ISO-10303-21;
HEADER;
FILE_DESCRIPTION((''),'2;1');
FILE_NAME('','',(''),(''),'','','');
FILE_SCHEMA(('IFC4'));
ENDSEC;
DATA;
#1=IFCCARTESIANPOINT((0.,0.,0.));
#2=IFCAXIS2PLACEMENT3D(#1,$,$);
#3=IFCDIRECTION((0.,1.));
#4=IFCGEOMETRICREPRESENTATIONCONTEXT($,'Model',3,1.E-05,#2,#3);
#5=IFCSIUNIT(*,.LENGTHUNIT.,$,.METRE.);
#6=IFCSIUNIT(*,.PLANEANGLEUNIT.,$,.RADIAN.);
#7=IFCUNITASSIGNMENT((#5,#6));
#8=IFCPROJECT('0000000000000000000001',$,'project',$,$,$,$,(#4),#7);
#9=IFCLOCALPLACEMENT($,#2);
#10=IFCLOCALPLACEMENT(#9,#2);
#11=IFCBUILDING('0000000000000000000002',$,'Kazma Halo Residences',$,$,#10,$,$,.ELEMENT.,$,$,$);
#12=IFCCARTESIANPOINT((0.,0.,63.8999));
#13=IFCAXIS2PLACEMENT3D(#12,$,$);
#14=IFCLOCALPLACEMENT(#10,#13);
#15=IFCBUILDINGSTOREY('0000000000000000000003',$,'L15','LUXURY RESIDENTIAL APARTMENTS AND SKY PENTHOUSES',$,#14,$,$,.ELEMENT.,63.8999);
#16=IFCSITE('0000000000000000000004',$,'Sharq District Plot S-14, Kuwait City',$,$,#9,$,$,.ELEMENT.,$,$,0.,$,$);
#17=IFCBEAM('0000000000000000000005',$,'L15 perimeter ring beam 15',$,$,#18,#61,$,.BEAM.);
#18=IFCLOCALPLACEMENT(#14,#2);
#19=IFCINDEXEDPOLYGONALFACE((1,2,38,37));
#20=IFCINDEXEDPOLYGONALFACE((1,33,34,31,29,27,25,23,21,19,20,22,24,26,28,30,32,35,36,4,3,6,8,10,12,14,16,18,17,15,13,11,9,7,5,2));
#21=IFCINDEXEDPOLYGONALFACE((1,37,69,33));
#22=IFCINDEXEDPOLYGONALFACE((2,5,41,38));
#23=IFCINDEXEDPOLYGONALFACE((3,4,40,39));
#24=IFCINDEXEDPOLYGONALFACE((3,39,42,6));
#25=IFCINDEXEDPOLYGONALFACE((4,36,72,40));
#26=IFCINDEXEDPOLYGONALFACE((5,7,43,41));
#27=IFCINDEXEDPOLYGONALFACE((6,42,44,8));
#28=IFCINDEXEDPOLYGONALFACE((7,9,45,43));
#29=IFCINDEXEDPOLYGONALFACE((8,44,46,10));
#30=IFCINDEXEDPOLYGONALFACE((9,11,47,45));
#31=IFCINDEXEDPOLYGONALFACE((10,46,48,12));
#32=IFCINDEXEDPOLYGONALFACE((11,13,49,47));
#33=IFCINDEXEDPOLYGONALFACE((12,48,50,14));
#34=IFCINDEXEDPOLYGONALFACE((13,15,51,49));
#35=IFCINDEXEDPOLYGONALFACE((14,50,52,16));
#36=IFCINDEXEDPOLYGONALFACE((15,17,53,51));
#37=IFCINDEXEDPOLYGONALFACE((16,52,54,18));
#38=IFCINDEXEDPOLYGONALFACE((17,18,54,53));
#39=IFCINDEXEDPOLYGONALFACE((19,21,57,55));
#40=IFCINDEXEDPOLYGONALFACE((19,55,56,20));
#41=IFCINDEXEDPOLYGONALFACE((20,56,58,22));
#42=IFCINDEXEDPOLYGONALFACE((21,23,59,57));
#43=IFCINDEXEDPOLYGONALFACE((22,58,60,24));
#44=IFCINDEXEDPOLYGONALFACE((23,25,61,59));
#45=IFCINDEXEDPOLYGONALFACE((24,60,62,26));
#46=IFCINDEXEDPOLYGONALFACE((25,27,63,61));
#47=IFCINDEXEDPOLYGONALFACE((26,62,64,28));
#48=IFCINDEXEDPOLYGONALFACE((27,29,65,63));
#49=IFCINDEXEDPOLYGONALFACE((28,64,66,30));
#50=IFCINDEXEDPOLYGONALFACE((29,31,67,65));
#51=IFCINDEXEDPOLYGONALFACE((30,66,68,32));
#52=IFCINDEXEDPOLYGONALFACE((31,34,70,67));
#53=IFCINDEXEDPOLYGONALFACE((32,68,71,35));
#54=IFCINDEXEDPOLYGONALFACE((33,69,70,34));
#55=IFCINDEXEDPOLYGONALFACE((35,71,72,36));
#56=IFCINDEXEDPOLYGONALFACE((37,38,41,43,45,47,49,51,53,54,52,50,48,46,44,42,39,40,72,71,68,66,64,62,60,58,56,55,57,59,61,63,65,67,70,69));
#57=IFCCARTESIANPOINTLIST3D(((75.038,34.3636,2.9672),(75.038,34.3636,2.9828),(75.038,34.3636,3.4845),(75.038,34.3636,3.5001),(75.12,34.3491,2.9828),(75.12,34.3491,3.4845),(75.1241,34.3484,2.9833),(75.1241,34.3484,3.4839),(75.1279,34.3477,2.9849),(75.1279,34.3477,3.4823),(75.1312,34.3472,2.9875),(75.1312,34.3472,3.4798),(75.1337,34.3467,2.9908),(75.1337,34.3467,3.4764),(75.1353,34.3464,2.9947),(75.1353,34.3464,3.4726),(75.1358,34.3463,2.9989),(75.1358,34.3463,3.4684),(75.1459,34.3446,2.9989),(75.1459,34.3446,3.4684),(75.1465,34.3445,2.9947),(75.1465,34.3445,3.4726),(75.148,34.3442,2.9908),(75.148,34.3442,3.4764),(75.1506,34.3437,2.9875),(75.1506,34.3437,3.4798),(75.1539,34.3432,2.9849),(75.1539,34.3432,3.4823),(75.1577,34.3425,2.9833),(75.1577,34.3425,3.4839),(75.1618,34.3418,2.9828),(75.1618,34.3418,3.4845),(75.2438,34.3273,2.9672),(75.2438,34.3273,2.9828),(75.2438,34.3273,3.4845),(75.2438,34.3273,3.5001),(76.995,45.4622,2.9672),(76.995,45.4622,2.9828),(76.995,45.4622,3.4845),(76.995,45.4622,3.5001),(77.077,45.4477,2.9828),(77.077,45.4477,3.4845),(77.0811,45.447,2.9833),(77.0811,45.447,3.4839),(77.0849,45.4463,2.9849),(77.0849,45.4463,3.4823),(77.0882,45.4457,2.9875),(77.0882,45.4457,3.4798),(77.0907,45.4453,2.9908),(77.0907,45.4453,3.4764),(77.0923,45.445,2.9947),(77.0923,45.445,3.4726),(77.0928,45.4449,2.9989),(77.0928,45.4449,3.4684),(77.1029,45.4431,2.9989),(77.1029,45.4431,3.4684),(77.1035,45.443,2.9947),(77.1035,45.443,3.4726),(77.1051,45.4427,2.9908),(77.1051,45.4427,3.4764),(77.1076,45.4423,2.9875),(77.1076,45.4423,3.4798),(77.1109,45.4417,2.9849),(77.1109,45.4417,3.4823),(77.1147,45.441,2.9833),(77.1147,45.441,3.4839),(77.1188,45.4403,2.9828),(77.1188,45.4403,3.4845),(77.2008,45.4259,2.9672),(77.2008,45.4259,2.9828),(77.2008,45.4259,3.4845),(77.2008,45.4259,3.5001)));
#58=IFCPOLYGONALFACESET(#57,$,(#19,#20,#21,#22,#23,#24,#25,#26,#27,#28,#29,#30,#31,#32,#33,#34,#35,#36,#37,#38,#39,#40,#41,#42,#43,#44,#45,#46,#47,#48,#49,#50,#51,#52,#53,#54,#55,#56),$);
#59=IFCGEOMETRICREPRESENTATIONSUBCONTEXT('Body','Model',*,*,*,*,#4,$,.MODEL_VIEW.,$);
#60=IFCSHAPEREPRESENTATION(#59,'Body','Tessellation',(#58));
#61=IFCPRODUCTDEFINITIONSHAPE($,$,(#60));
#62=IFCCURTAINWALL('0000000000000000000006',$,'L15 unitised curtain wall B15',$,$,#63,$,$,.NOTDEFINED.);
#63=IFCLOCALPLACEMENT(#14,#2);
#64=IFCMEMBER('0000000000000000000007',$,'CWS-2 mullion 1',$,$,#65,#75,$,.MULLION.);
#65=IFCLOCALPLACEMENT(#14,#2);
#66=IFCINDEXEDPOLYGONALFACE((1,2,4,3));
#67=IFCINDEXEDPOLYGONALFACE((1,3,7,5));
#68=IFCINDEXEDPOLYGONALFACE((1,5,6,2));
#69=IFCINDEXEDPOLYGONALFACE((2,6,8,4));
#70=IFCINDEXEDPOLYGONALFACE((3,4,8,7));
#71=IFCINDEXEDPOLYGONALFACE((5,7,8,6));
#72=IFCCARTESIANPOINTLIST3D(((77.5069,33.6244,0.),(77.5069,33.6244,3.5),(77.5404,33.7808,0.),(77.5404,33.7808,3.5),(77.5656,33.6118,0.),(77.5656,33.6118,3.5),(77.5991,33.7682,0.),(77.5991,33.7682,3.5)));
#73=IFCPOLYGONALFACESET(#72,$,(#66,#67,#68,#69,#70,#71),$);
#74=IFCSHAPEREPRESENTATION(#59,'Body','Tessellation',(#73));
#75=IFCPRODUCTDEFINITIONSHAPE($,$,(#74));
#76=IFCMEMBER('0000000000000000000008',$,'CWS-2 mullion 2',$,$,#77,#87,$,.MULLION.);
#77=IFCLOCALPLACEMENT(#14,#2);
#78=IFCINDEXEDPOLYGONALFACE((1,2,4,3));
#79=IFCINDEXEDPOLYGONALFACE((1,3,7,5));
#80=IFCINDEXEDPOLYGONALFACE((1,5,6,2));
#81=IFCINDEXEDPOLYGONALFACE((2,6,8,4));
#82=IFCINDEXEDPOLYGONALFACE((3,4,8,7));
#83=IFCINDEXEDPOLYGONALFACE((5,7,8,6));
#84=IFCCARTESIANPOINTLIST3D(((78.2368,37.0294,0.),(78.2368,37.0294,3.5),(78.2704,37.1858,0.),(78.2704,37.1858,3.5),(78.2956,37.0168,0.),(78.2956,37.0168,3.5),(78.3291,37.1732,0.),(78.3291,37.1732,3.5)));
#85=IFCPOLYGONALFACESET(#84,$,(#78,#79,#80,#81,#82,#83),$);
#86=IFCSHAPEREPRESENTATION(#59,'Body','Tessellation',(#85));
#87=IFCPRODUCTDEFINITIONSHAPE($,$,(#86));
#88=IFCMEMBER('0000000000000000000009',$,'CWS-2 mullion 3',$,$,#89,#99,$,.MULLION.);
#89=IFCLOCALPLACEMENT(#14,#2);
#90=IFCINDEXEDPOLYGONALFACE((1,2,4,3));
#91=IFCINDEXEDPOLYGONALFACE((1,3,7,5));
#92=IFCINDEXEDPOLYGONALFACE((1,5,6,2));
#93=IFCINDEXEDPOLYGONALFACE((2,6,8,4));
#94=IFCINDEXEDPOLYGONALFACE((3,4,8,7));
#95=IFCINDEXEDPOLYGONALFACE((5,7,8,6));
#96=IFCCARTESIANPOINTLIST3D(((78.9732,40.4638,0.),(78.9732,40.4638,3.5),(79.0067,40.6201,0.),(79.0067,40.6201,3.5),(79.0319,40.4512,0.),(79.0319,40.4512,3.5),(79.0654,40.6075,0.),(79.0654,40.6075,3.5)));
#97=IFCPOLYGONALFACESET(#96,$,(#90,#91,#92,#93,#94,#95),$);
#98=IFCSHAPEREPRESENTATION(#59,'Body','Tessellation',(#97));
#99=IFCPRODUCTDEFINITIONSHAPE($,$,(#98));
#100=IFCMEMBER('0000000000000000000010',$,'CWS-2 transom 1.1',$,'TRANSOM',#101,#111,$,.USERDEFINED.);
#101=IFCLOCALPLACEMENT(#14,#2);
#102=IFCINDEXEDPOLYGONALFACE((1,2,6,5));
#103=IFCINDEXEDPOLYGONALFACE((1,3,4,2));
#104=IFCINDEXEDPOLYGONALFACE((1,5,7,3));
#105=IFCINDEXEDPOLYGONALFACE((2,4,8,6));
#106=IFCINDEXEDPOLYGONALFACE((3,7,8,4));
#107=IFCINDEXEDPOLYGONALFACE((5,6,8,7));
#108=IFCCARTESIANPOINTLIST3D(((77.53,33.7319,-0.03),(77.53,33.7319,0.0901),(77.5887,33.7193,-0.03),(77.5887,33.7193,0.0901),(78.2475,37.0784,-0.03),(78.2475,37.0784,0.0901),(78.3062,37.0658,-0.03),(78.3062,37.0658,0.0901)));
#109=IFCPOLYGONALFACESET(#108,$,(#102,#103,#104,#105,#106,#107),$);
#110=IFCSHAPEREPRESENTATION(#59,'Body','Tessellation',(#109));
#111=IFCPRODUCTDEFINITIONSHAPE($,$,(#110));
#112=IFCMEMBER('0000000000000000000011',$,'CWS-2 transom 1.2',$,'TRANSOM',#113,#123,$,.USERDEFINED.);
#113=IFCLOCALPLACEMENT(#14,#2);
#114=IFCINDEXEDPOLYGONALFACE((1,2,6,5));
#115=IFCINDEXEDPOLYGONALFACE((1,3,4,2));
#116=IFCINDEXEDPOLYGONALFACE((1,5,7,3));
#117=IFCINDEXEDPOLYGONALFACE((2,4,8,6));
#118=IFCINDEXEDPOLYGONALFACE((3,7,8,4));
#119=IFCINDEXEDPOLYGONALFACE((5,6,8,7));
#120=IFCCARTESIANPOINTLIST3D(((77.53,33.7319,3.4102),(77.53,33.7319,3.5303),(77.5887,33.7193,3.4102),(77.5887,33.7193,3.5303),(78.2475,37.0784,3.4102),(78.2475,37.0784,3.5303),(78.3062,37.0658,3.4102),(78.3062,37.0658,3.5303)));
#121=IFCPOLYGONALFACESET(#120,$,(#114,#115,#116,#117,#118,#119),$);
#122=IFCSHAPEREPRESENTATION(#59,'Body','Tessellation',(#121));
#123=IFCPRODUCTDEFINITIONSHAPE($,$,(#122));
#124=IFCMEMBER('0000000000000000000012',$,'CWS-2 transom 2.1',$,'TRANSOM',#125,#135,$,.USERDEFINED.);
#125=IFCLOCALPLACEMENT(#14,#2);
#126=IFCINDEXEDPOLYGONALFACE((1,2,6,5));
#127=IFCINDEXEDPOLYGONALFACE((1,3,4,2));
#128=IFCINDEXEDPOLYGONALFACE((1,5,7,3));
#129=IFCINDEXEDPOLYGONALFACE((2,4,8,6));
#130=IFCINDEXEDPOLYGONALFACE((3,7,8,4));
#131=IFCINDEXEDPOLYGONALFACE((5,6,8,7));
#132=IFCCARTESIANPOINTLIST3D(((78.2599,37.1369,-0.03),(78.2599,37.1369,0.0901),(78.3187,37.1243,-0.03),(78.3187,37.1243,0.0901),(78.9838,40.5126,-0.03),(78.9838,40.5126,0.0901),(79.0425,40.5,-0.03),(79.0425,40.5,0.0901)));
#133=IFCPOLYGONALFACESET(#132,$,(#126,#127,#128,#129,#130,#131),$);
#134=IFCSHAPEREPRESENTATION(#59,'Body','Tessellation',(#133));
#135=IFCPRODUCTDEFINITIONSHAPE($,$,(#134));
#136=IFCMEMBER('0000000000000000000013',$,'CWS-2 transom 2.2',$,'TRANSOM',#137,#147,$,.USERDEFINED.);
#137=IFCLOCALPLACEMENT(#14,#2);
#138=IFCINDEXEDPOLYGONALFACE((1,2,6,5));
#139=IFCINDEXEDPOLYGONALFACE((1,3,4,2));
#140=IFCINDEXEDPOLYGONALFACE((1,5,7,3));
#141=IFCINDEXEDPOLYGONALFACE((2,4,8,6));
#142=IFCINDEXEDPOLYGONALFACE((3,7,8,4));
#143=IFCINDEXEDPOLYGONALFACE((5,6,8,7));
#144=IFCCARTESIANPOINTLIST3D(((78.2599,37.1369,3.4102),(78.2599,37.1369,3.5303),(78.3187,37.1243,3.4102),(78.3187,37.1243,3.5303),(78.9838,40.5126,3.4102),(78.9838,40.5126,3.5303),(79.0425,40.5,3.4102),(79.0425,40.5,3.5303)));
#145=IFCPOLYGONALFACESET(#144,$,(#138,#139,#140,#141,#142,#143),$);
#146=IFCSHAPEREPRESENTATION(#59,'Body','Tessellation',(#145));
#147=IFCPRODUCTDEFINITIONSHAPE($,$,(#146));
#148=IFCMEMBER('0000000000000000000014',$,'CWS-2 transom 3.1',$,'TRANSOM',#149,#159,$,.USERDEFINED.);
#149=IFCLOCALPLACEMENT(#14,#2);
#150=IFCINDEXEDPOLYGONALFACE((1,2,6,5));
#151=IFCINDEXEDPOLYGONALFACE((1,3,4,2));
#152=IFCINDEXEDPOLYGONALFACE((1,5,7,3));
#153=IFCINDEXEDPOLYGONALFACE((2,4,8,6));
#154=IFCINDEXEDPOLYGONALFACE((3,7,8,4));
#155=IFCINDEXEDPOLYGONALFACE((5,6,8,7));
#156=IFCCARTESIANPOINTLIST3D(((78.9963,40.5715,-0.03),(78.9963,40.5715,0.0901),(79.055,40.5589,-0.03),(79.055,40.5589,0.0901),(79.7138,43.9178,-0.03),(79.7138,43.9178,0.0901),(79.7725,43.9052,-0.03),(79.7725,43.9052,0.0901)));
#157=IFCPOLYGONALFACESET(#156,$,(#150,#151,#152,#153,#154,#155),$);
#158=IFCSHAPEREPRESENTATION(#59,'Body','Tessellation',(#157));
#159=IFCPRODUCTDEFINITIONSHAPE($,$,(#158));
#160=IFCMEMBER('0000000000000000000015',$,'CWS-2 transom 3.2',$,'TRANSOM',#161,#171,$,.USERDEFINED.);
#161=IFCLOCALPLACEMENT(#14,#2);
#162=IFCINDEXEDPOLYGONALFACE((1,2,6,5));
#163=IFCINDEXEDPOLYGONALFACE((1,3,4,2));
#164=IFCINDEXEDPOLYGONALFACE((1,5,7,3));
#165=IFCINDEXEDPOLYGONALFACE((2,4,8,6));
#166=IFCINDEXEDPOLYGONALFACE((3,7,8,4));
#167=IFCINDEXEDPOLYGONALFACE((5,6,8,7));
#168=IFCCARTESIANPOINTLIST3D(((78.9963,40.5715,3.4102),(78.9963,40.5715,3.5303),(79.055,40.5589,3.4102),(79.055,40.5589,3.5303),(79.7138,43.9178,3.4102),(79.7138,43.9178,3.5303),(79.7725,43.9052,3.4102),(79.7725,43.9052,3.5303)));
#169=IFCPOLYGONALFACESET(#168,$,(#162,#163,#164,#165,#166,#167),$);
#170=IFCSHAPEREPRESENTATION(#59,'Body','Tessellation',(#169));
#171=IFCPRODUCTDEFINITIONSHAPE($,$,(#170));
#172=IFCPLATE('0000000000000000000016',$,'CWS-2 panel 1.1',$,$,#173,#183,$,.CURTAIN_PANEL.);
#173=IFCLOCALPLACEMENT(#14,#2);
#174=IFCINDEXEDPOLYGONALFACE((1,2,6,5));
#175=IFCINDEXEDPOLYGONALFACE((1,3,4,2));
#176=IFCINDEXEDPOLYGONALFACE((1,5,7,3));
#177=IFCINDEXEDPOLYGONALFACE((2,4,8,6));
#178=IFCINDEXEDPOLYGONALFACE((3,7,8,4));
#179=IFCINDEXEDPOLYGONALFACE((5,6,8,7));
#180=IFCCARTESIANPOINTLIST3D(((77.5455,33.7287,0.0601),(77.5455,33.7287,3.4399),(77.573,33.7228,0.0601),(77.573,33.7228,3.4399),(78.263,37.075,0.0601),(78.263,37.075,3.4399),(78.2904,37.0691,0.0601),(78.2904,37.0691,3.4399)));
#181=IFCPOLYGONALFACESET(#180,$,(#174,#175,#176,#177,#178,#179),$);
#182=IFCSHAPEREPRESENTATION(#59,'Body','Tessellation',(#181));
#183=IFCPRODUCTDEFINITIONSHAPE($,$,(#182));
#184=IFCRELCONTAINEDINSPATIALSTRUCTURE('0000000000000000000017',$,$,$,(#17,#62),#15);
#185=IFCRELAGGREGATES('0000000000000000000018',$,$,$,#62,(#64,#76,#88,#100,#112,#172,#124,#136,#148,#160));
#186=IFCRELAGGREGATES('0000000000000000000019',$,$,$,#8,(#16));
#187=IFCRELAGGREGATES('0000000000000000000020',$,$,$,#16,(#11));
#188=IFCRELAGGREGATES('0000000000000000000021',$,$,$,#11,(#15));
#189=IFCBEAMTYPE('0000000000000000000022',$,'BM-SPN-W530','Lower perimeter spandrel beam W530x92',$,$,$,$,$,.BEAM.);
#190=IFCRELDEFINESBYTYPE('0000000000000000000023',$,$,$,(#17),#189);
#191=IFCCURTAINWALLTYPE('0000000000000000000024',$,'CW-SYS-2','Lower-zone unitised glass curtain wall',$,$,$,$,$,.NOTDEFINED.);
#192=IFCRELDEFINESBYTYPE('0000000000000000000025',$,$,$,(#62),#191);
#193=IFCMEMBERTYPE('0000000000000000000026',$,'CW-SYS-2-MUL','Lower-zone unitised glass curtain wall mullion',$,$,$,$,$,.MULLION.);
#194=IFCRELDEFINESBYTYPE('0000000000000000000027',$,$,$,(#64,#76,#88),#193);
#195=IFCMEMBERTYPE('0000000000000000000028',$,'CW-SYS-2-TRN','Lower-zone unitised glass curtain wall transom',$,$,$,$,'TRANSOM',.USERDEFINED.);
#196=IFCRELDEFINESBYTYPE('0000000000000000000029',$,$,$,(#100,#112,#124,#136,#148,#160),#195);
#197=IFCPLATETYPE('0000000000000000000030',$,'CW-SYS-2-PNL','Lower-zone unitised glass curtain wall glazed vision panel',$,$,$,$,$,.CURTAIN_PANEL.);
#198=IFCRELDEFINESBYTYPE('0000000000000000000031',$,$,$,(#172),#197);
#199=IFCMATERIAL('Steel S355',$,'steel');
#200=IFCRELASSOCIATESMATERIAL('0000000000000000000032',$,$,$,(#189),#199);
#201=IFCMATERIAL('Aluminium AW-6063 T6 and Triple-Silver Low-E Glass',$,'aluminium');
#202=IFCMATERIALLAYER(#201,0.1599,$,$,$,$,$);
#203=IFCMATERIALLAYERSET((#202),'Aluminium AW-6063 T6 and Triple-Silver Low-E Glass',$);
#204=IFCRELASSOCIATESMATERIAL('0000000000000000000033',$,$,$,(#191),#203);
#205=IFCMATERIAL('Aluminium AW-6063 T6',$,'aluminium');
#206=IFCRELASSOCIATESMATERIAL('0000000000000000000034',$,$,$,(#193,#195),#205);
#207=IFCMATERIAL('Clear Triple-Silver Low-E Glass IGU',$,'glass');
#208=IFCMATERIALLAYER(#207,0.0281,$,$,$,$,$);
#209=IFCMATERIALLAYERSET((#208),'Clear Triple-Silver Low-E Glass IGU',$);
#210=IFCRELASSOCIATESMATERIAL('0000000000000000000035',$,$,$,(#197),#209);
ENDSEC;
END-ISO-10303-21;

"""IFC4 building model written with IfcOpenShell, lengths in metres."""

from ifc_helpers import new_model, si_unit, direction, frame, origin, origin_2d, place, context, subcontext, project, spatial, rectangle, i_section, extrude, material, layer, layer_set, material_profile, profile_set, type_object, element, aggregate, save


model = new_model("IFC4")

# Units and contexts
model_context = context("Model", 3, precision=1e-05, world=origin(), true_north=direction((0.0, 1.0)))
body_context = subcontext(model_context, "Body", "Model", "MODEL_VIEW")
ifc_project = project(units=[si_unit("LENGTHUNIT", "METRE"), si_unit("PLANEANGLEUNIT", "RADIAN")], contexts=[model_context])

# Site, building, storey
site_placement = place(None, origin())
site = spatial("IfcSite", under=ifc_project, at=site_placement, Name="Sharq District Plot S-14, Kuwait City", CompositionType="ELEMENT", RefElevation=0.0)
building_placement = place(site_placement, origin())
building = spatial("IfcBuilding", under=site, at=building_placement, Name="Kazma Halo Residences", CompositionType="ELEMENT")
storey_placement = place(building_placement, frame((0.0, 0.0, 63.8999)))
storey = spatial("IfcBuildingStorey", under=building, at=storey_placement, Name="L15", Description="LUXURY RESIDENTIAL APARTMENTS AND SKY PENTHOUSES", CompositionType="ELEMENT", Elevation=63.8999)

# Beam
ifc_material_1 = material(Name="Steel S355", Category="steel")
ifc_material_profile_1 = material_profile(ifc_material_1, i_section(OverallWidth=0.209, OverallDepth=0.533, WebThickness=0.0103, FlangeThickness=0.0156, FilletRadius=0.0161, at=origin_2d()), Name="W530x92")
ifc_profile_set_1 = profile_set([ifc_material_profile_1], Name="Steel S355")
beam_type_1 = type_object("IfcBeamType", Name="BM-SPN-W530", Description="Lower perimeter spandrel beam W530x92", PredefinedType="BEAM", material=ifc_profile_set_1)
beam_1_placement = place(storey_placement, frame((75.1409, 34.3455, 3.2336), z_axis=(0.173652, 0.984807, 0.0), x_axis=(-0.984807, 0.173652, 0.0)))
element("IfcBeam", 1, at=beam_1_placement, inside=storey, type_object=beam_type_1, Name="L15 perimeter ring beam 15", PredefinedType="BEAM", context=body_context, shape_type="SweptSolid", body=[
    extrude(i_section(OverallWidth=0.209, OverallDepth=0.533, WebThickness=0.0103, FlangeThickness=0.0156, FilletRadius=0.0161, at=origin_2d()), origin(), (0.0, 0.0, 1.0), 11.2698),
])

# Curtain wall, members, plate
ifc_material_2 = material(Name="Aluminium AW-6063 T6 and Triple-Silver Low-E Glass", Category="aluminium")
ifc_layer_1 = layer(ifc_material_2, 0.1599)
ifc_layer_set_1 = layer_set([ifc_layer_1], Name="Aluminium AW-6063 T6 and Triple-Silver Low-E Glass")
curtain_wall_type = type_object("IfcCurtainWallType", Name="CW-SYS-2", Description="Lower-zone unitised glass curtain wall", PredefinedType="NOTDEFINED", material=ifc_layer_set_1)
curtain_wall_placement = place(storey_placement, origin())
curtain_wall = element("IfcCurtainWall", 2, at=curtain_wall_placement, inside=storey, type_object=curtain_wall_type, Name="L15 unitised curtain wall B15", PredefinedType="NOTDEFINED")
ifc_material_3 = material(Name="Aluminium AW-6063 T6", Category="aluminium")
ifc_material_profile_2 = material_profile(ifc_material_3, rectangle(XDim=0.0601, YDim=0.1599, at=origin_2d()), Name="CWM-60x160")
ifc_profile_set_2 = profile_set([ifc_material_profile_2], Name="Aluminium AW-6063 T6")
member_type_1 = type_object("IfcMemberType", Name="CW-SYS-2-MUL", Description="Lower-zone unitised glass curtain wall mullion", PredefinedType="MULLION", material=ifc_profile_set_2)
member_1_placement = place(storey_placement, frame((77.553, 33.6963, 0.0), z_axis=(0.0, 0.0, 1.0), x_axis=(-0.977779, 0.209637, 0.0)))
member_1 = element("IfcMember", 3, at=member_1_placement, type_object=member_type_1, Name="CWS-2 mullion 1", PredefinedType="MULLION", context=body_context, shape_type="SweptSolid", body=[
    extrude(rectangle(XDim=0.0601, YDim=0.1599, at=origin_2d()), origin(), (0.0, 0.0, 1.0), 3.5),
])
member_2_placement = place(storey_placement, frame((78.283, 37.1013, 0.0), z_axis=(0.0, 0.0, 1.0), x_axis=(-0.977779, 0.209637, 0.0)))
member_2 = element("IfcMember", 4, at=member_2_placement, type_object=member_type_1, Name="CWS-2 mullion 2", PredefinedType="MULLION", context=body_context, shape_type="SweptSolid", body=[
    extrude(rectangle(XDim=0.0601, YDim=0.1599, at=origin_2d()), origin(), (0.0, 0.0, 1.0), 3.5),
])
member_3_placement = place(storey_placement, frame((79.0193, 40.5356, 0.0), z_axis=(0.0, 0.0, 1.0), x_axis=(-0.977779, 0.209637, 0.0)))
member_3 = element("IfcMember", 5, at=member_3_placement, type_object=member_type_1, Name="CWS-2 mullion 3", PredefinedType="MULLION", context=body_context, shape_type="SweptSolid", body=[
    extrude(rectangle(XDim=0.0601, YDim=0.1599, at=origin_2d()), origin(), (0.0, 0.0, 1.0), 3.5),
])
ifc_material_profile_3 = material_profile(ifc_material_3, rectangle(XDim=0.0601, YDim=0.1201, at=origin_2d()), Name="CWT-60x120")
ifc_profile_set_3 = profile_set([ifc_material_profile_3], Name="Aluminium AW-6063 T6")
member_type_2 = type_object("IfcMemberType", Name="CW-SYS-2-TRN", Description="Lower-zone unitised glass curtain wall transom", ElementType="TRANSOM", PredefinedType="USERDEFINED", material=ifc_profile_set_3)
member_4_placement = place(storey_placement, frame((77.5593, 33.7256, 0.03), z_axis=(0.209651, 0.977776, 0.0), x_axis=(-0.977776, 0.209651, 0.0)))
member_4 = element("IfcMember", 6, at=member_4_placement, type_object=member_type_2, Name="CWS-2 transom 1.1", ObjectType="TRANSOM", PredefinedType="USERDEFINED", context=body_context, shape_type="SweptSolid", body=[
    extrude(rectangle(XDim=0.0601, YDim=0.1201, at=origin_2d()), origin(), (0.0, 0.0, 1.0), 3.4226),
])
member_5_placement = place(storey_placement, frame((77.5593, 33.7256, 3.4702), z_axis=(0.209651, 0.977776, 0.0), x_axis=(-0.977776, 0.209651, 0.0)))
member_5 = element("IfcMember", 7, at=member_5_placement, type_object=member_type_2, Name="CWS-2 transom 1.2", ObjectType="TRANSOM", PredefinedType="USERDEFINED", context=body_context, shape_type="SweptSolid", body=[
    extrude(rectangle(XDim=0.0601, YDim=0.1201, at=origin_2d()), origin(), (0.0, 0.0, 1.0), 3.4226),
])
member_6_placement = place(storey_placement, frame((78.2893, 37.1306, 0.03), z_axis=(0.209669, 0.977772, 0.0), x_axis=(-0.977772, 0.209669, 0.0)))
member_6 = element("IfcMember", 8, at=member_6_placement, type_object=member_type_2, Name="CWS-2 transom 2.1", ObjectType="TRANSOM", PredefinedType="USERDEFINED", context=body_context, shape_type="SweptSolid", body=[
    extrude(rectangle(XDim=0.0601, YDim=0.1201, at=origin_2d()), origin(), (0.0, 0.0, 1.0), 3.4524),
])
member_7_placement = place(storey_placement, frame((78.2893, 37.1306, 3.4702), z_axis=(0.209669, 0.977772, 0.0), x_axis=(-0.977772, 0.209669, 0.0)))
member_7 = element("IfcMember", 9, at=member_7_placement, type_object=member_type_2, Name="CWS-2 transom 2.2", ObjectType="TRANSOM", PredefinedType="USERDEFINED", context=body_context, shape_type="SweptSolid", body=[
    extrude(rectangle(XDim=0.0601, YDim=0.1201, at=origin_2d()), origin(), (0.0, 0.0, 1.0), 3.4524),
])
member_8_placement = place(storey_placement, frame((79.0256, 40.5652, 0.03), z_axis=(0.209666, 0.977773, 0.0), x_axis=(-0.977773, 0.209666, 0.0)))
member_8 = element("IfcMember", 10, at=member_8_placement, type_object=member_type_2, Name="CWS-2 transom 3.1", ObjectType="TRANSOM", PredefinedType="USERDEFINED", context=body_context, shape_type="SweptSolid", body=[
    extrude(rectangle(XDim=0.0601, YDim=0.1201, at=origin_2d()), origin(), (0.0, 0.0, 1.0), 3.4224),
])
member_9_placement = place(storey_placement, frame((79.0256, 40.5652, 3.4702), z_axis=(0.209666, 0.977773, 0.0), x_axis=(-0.977773, 0.209666, 0.0)))
member_9 = element("IfcMember", 11, at=member_9_placement, type_object=member_type_2, Name="CWS-2 transom 3.2", ObjectType="TRANSOM", PredefinedType="USERDEFINED", context=body_context, shape_type="SweptSolid", body=[
    extrude(rectangle(XDim=0.0601, YDim=0.1201, at=origin_2d()), origin(), (0.0, 0.0, 1.0), 3.4224),
])
ifc_material_4 = material(Name="Clear Triple-Silver Low-E Glass IGU", Category="glass")
ifc_layer_2 = layer(ifc_material_4, 0.0281)
ifc_layer_set_2 = layer_set([ifc_layer_2], Name="Clear Triple-Silver Low-E Glass IGU")
plate_type = type_object("IfcPlateType", Name="CW-SYS-2-PNL", Description="Lower-zone unitised glass curtain wall glazed vision panel", PredefinedType="CURTAIN_PANEL", material=ifc_layer_set_2)
plate_1_placement = place(storey_placement, frame((77.918, 35.3989, 0.0601), z_axis=(0.0, 0.0, 1.0), x_axis=(0.209637, 0.977779, 0.0)))
plate_1 = element("IfcPlate", 12, at=plate_1_placement, type_object=plate_type, Name="CWS-2 panel 1.1", PredefinedType="CURTAIN_PANEL", context=body_context, shape_type="SweptSolid", body=[
    extrude(rectangle(XDim=3.4224, YDim=0.0281, at=origin_2d()), origin(), (0.0, 0.0, 1.0), 3.3799),
])
aggregate(curtain_wall, [member_1, member_2, member_3, member_4, member_5, plate_1, member_6, member_7, member_8, member_9])

save(model, "model.ifc")
